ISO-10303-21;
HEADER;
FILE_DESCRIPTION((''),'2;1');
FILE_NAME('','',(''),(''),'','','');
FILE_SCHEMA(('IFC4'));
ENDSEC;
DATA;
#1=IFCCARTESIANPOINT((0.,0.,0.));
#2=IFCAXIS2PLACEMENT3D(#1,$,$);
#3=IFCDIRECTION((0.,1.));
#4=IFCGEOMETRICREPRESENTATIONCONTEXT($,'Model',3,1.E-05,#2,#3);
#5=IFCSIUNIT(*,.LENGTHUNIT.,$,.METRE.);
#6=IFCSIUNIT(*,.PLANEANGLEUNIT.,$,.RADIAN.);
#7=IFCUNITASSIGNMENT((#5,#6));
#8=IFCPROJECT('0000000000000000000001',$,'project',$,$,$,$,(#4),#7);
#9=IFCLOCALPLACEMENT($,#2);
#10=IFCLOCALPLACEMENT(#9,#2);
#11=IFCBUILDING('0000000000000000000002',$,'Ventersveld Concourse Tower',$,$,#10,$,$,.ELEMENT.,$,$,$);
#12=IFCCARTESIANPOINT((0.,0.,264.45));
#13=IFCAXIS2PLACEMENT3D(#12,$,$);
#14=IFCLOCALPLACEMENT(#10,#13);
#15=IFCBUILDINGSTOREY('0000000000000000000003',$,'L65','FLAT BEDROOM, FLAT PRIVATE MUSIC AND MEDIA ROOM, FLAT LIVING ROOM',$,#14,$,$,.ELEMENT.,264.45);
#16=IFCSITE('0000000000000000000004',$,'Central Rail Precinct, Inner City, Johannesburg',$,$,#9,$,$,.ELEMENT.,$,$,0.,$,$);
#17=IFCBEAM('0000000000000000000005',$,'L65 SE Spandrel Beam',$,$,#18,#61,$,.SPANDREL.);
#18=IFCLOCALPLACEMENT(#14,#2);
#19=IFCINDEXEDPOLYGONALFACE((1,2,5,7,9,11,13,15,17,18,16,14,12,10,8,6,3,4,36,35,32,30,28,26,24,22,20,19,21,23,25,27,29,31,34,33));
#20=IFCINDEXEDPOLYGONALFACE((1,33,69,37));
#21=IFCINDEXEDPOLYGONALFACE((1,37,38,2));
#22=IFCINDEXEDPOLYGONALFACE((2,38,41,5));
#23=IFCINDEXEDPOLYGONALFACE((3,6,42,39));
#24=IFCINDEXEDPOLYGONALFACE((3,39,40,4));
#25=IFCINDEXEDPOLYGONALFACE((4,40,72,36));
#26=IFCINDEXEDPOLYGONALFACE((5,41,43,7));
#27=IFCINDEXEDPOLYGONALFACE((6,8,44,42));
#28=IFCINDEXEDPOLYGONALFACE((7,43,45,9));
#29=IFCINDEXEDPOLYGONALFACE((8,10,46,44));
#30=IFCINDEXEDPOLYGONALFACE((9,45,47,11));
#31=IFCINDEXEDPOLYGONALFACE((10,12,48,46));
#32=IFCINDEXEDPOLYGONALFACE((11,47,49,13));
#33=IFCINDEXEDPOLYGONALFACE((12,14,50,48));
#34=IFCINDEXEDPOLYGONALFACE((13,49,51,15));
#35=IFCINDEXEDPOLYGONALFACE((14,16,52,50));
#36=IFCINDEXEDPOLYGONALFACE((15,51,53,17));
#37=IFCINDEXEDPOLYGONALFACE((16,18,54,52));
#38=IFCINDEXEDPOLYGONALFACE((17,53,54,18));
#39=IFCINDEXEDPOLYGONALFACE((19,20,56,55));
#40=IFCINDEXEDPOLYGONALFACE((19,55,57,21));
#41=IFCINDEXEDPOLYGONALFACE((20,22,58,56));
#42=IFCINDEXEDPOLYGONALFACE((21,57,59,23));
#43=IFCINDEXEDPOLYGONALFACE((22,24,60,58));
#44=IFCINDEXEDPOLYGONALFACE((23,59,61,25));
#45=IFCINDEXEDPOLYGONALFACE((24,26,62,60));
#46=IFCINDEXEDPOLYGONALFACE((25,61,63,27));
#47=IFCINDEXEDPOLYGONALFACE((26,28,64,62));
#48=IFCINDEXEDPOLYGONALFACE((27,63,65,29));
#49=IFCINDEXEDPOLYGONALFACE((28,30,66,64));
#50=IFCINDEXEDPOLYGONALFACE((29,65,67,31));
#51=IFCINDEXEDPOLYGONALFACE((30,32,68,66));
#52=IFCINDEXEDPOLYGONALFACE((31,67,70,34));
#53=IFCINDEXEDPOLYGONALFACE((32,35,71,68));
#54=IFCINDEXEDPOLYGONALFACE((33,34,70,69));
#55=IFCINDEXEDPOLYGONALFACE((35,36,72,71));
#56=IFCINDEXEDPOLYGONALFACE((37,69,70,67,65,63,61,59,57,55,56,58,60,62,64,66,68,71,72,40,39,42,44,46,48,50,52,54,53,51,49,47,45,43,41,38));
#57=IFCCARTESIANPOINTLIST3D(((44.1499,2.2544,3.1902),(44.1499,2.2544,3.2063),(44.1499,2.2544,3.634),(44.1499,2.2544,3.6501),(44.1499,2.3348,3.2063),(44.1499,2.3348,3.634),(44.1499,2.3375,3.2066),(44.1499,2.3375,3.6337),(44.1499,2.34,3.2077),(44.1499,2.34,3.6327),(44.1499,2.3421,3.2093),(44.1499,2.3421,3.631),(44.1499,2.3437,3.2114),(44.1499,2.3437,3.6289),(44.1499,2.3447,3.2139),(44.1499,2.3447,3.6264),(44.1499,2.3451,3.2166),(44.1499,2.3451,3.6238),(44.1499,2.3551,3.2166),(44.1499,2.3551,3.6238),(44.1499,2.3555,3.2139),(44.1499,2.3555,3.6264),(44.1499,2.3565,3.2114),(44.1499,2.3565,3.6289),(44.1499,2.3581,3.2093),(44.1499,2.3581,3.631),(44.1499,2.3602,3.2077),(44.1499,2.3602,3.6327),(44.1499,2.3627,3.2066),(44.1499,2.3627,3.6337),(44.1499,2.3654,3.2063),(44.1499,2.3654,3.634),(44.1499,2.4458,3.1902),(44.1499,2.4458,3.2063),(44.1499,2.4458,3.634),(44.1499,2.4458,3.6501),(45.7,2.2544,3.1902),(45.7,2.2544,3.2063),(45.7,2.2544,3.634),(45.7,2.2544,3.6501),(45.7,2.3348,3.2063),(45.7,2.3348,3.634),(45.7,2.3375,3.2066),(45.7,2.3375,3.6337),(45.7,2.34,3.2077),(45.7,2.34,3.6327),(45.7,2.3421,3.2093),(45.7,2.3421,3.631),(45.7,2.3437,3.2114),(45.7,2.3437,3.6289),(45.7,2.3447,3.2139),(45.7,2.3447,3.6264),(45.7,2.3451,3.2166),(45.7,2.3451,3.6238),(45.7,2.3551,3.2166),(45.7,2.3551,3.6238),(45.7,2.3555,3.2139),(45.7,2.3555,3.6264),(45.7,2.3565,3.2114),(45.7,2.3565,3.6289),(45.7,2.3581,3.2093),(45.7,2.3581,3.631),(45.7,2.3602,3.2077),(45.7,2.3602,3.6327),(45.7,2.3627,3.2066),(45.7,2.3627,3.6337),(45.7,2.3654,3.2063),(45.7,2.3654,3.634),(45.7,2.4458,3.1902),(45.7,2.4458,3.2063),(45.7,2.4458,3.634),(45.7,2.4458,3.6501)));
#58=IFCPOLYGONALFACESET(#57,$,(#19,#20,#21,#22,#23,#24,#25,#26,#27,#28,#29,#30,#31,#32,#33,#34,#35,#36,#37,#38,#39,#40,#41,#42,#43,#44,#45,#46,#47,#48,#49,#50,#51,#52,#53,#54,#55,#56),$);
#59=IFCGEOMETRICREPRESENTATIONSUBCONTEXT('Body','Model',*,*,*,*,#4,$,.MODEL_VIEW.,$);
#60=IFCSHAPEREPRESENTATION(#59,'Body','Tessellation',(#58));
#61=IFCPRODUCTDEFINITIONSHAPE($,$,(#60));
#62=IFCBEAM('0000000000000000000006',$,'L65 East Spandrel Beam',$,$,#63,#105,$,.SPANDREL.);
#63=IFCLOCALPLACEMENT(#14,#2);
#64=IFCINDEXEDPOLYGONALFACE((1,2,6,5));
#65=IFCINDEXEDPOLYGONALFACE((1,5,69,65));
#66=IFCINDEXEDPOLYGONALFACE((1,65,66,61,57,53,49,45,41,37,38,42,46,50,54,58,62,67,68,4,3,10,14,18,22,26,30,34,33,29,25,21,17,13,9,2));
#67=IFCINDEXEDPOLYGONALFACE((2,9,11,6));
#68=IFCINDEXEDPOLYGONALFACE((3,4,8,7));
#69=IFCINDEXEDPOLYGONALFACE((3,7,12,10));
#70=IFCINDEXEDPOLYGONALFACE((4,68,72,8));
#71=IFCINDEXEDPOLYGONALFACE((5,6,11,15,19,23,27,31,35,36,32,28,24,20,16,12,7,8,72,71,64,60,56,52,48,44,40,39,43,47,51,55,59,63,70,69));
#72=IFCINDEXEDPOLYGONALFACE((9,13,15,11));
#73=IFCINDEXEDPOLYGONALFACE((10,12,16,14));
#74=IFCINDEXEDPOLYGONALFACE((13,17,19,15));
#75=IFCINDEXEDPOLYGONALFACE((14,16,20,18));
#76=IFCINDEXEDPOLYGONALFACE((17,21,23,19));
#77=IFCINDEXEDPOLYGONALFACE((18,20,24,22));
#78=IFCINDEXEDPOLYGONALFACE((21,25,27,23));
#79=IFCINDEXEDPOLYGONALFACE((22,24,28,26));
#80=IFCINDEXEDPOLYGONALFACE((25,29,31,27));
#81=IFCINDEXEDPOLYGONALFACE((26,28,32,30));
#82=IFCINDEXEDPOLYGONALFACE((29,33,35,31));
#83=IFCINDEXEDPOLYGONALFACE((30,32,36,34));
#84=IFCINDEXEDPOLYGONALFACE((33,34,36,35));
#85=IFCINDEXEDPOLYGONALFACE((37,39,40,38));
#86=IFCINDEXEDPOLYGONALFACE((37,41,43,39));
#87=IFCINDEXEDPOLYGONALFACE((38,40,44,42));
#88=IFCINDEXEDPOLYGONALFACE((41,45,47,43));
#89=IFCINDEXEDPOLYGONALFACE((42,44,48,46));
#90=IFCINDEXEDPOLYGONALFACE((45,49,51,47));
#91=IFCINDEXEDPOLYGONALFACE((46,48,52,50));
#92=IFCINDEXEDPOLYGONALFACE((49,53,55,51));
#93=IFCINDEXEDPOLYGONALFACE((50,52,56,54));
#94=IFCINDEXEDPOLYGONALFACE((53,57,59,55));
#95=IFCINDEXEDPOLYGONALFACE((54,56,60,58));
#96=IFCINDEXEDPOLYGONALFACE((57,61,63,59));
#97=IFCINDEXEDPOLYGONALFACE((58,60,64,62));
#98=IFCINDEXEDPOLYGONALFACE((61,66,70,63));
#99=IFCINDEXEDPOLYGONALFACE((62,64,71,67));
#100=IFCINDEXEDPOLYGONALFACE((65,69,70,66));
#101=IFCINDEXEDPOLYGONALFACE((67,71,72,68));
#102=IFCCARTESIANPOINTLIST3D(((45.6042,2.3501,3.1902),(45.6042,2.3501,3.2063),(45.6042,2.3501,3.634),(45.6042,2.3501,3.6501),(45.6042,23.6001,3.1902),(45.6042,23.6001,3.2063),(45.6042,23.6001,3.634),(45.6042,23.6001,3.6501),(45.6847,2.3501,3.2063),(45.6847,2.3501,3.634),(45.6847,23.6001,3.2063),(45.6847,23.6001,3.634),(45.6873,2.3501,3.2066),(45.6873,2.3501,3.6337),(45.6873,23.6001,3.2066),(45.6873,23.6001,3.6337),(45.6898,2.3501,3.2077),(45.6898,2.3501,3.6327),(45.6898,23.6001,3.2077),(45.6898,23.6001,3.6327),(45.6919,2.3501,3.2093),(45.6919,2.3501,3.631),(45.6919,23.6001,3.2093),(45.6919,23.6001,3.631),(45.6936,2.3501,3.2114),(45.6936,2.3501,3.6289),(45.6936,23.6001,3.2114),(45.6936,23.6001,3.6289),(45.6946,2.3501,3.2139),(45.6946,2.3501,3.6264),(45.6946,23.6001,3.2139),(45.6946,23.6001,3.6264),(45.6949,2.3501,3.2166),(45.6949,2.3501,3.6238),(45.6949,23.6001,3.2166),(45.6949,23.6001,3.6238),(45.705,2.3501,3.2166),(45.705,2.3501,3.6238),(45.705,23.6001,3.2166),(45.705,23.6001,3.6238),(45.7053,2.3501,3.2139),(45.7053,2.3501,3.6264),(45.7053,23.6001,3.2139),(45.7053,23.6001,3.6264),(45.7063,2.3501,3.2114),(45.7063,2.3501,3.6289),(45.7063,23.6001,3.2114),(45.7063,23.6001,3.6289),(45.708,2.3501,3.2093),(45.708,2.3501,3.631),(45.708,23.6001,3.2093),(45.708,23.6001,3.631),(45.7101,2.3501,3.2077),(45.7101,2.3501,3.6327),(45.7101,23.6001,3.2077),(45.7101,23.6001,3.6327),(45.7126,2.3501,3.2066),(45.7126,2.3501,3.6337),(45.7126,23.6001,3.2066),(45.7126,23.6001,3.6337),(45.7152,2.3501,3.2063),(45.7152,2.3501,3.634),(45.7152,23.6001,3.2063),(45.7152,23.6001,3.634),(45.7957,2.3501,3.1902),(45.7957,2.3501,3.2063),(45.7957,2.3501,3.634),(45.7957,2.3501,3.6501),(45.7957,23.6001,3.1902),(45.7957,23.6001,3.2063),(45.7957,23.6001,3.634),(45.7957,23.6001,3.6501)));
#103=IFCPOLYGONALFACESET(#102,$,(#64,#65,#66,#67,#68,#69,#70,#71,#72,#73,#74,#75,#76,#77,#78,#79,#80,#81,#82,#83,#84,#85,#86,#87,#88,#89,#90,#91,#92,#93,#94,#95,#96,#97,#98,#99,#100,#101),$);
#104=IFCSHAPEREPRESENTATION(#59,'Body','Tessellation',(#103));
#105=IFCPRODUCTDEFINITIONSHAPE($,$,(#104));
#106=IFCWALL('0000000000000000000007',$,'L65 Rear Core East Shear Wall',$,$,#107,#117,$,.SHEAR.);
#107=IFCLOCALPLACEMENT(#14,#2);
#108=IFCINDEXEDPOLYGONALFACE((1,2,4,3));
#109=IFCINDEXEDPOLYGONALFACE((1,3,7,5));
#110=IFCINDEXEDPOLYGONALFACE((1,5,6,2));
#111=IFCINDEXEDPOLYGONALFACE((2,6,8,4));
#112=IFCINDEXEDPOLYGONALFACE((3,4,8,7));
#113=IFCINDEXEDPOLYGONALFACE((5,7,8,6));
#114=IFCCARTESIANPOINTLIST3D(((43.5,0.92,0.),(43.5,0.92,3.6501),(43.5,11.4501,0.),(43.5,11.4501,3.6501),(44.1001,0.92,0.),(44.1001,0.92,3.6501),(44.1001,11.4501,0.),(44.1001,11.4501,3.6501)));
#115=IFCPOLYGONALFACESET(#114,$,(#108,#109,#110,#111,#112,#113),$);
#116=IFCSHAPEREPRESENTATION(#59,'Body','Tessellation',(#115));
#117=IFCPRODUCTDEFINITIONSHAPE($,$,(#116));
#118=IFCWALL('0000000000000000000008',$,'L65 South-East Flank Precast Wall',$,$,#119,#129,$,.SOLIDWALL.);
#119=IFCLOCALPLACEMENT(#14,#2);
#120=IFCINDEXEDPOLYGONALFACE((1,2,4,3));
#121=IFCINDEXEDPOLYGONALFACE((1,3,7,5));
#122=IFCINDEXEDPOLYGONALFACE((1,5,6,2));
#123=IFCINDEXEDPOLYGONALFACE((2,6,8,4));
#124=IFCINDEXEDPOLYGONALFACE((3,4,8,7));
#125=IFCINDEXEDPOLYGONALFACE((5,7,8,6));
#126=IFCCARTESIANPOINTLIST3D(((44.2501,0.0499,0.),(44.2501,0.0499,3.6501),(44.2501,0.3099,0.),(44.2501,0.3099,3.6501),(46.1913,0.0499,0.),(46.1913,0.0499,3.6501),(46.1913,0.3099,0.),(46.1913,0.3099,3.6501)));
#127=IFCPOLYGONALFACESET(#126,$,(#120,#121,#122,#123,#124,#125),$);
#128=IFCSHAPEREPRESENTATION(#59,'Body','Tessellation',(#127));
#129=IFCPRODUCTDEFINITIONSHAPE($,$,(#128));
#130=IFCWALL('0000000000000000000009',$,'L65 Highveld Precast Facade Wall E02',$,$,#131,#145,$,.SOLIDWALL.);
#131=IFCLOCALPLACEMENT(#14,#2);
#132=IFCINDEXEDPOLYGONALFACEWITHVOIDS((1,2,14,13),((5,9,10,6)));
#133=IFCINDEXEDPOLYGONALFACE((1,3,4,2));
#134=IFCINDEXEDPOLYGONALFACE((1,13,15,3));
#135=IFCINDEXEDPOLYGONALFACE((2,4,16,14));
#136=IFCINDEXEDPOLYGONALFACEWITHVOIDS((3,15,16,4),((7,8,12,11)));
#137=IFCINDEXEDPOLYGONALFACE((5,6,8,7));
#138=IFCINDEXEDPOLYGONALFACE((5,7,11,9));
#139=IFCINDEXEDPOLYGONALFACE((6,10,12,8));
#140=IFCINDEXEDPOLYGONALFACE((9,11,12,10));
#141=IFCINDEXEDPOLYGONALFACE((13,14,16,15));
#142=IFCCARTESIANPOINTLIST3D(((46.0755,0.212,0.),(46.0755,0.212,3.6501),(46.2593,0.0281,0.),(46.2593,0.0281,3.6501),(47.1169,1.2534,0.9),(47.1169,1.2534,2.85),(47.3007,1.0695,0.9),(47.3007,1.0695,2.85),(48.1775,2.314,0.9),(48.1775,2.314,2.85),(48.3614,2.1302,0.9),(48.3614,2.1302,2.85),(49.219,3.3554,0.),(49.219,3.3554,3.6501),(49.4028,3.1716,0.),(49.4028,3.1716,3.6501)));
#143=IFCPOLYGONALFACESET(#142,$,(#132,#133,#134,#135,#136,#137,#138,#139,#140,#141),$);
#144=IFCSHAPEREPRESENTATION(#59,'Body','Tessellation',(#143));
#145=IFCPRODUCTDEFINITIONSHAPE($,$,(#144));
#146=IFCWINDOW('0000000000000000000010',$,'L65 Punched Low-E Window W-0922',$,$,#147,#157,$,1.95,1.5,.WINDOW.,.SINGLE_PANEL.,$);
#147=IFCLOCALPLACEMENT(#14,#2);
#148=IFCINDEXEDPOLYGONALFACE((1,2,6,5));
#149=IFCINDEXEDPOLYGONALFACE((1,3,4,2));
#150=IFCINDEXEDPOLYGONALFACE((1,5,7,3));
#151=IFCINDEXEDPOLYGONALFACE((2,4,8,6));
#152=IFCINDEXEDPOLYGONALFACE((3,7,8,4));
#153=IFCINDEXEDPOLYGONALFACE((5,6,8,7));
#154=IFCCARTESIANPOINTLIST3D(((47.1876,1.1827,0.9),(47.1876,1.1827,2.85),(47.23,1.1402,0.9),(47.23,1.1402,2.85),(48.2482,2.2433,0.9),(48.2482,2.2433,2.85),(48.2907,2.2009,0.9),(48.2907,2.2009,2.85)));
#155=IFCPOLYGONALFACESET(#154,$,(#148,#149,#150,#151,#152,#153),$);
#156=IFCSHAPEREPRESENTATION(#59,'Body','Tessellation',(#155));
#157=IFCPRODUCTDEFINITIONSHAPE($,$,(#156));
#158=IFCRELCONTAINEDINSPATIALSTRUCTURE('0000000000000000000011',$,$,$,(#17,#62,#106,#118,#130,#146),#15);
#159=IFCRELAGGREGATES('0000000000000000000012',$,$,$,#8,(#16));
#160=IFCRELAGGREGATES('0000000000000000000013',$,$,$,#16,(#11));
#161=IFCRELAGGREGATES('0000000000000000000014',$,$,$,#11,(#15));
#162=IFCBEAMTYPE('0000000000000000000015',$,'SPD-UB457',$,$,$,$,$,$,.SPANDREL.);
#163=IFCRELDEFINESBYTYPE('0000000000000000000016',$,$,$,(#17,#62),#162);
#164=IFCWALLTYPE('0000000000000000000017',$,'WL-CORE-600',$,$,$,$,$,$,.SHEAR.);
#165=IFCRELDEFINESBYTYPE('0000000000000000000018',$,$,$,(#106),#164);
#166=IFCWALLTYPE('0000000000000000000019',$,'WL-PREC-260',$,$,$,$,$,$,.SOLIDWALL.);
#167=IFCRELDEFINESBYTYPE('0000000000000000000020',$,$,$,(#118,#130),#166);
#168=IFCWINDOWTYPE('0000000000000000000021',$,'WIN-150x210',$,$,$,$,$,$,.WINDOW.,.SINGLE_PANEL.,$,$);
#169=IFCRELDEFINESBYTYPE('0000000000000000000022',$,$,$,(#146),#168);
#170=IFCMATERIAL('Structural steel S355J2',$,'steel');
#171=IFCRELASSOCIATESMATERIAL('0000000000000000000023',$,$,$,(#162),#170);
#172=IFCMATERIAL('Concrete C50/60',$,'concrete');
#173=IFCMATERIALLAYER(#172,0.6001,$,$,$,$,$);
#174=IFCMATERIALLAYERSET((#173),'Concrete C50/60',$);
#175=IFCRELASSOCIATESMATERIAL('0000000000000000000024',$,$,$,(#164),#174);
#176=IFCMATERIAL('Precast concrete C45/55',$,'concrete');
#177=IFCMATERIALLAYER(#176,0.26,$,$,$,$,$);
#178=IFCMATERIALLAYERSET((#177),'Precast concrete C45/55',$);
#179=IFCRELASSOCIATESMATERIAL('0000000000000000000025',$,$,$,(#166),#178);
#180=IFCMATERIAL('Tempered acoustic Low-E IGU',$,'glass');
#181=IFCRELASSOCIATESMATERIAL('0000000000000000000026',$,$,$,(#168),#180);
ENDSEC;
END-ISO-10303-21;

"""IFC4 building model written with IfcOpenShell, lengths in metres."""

from ifc_helpers import new_model, si_unit, direction, frame, frame_2d, origin, origin_2d, place, context, subcontext, project, spatial, rectangle, i_section, extrude, material, layer, layer_set, material_profile, profile_set, type_object, element, fill, save


model = new_model("IFC4")

# Units and contexts
model_context = context("Model", 3, precision=1e-05, world=origin(), true_north=direction((0.0, 1.0)))
body_context = subcontext(model_context, "Body", "Model", "MODEL_VIEW")
ifc_project = project(units=[si_unit("LENGTHUNIT", "METRE"), si_unit("PLANEANGLEUNIT", "RADIAN")], contexts=[model_context])

# Site, building, storey
site_placement = place(None, origin())
site = spatial("IfcSite", under=ifc_project, at=site_placement, Name="Central Rail Precinct, Inner City, Johannesburg", CompositionType="ELEMENT", RefElevation=0.0)
building_placement = place(site_placement, origin())
building = spatial("IfcBuilding", under=site, at=building_placement, Name="Ventersveld Concourse Tower", CompositionType="ELEMENT")
storey_placement = place(building_placement, frame((0.0, 0.0, 264.45)))
storey = spatial("IfcBuildingStorey", under=building, at=storey_placement, Name="L65", Description="FLAT BEDROOM, FLAT PRIVATE MUSIC AND MEDIA ROOM, FLAT LIVING ROOM", CompositionType="ELEMENT", Elevation=264.45)

# Shared definitions
ifc_material_1 = material(Name="Concrete C50/60", Category="concrete")

# Shared definitions
ifc_material_2 = material(Name="Structural steel S355J2", Category="steel")

# Beams
ifc_material_profile_1 = material_profile(ifc_material_2, i_section(OverallWidth=0.1914, OverallDepth=0.46, WebThickness=0.01, FlangeThickness=0.0161, FilletRadius=0.0103, at=origin_2d()), Name="UB 457x191x82")
ifc_profile_set_1 = profile_set([ifc_material_profile_1], Name="Structural steel S355J2")
beam_type_1 = type_object("IfcBeamType", Name="SPD-UB457", PredefinedType="SPANDREL", material=ifc_profile_set_1)
beam_1_placement = place(storey_placement, frame((44.1499, 2.3501, 3.4202), z_axis=(1.0, 0.0, 0.0), x_axis=(0.0, 1.0, 0.0)))
element("IfcBeam", 1, at=beam_1_placement, inside=storey, type_object=beam_type_1, Name="L65 SE Spandrel Beam", PredefinedType="SPANDREL", context=body_context, shape_type="SweptSolid", body=[
    extrude(i_section(OverallWidth=0.1914, OverallDepth=0.46, WebThickness=0.01, FlangeThickness=0.0161, FilletRadius=0.0103, at=origin_2d()), origin(), (0.0, 0.0, 1.0), 1.55),
])
beam_2_placement = place(storey_placement, frame((45.7, 2.3501, 3.4202), z_axis=(0.0, 1.0, 0.0), x_axis=(-1.0, 0.0, 0.0)))
element("IfcBeam", 2, at=beam_2_placement, inside=storey, type_object=beam_type_1, Name="L65 East Spandrel Beam", PredefinedType="SPANDREL", context=body_context, shape_type="SweptSolid", body=[
    extrude(i_section(OverallWidth=0.1914, OverallDepth=0.46, WebThickness=0.01, FlangeThickness=0.0161, FilletRadius=0.0103, at=origin_2d()), origin(), (0.0, 0.0, 1.0), 21.25),
])

# Walls
ifc_layer_1 = layer(ifc_material_1, 0.6001)
ifc_layer_set_1 = layer_set([ifc_layer_1], Name="Concrete C50/60")
wall_type_1 = type_object("IfcWallType", Name="WL-CORE-600", PredefinedType="SHEAR", material=ifc_layer_set_1)
wall_1_placement = place(storey_placement, frame((43.8, 0.9199, 0.0), z_axis=(0.0, 0.0, 1.0), x_axis=(0.0, 1.0, 0.0)))
element("IfcWall", 3, at=wall_1_placement, inside=storey, type_object=wall_type_1, Name="L65 Rear Core East Shear Wall", PredefinedType="SHEAR", context=body_context, shape_type="SweptSolid", body=[
    extrude(rectangle(XDim=10.53, YDim=0.6001, at=frame_2d((5.2651, 0.0))), origin(), (0.0, 0.0, 1.0), 3.6501),
])
ifc_material_3 = material(Name="Precast concrete C45/55", Category="concrete")
ifc_layer_2 = layer(ifc_material_3, 0.26)
ifc_layer_set_2 = layer_set([ifc_layer_2], Name="Precast concrete C45/55")
wall_type_2 = type_object("IfcWallType", Name="WL-PREC-260", PredefinedType="SOLIDWALL", material=ifc_layer_set_2)
wall_2_placement = place(storey_placement, frame((44.25, 0.1799, 0.0), z_axis=(0.0, 0.0, 1.0), x_axis=(1.0, 0.0, 0.0)))
element("IfcWall", 4, at=wall_2_placement, inside=storey, type_object=wall_type_2, Name="L65 South-East Flank Precast Wall", PredefinedType="SOLIDWALL", context=body_context, shape_type="SweptSolid", body=[
    extrude(rectangle(XDim=1.9412, YDim=0.26, at=frame_2d((0.9707, 0.0))), origin(), (0.0, 0.0, 1.0), 3.6501),
])

# Wall, opening, window
wall_3_placement = place(storey_placement, frame((46.1675, 0.1201, 0.0), z_axis=(0.0, 0.0, 1.0), x_axis=(0.707107, 0.707107, 0.0)))
wall_3 = element("IfcWall", 5, at=wall_3_placement, inside=storey, type_object=wall_type_2, Name="L65 Highveld Precast Facade Wall E02", PredefinedType="SOLIDWALL", context=body_context, shape_type="SweptSolid", body=[
    extrude(rectangle(XDim=4.4456, YDim=0.26, at=frame_2d((2.2227, 0.0))), origin(), (0.0, 0.0, 1.0), 3.6501),
])
opening_1_placement = place(wall_3_placement, frame((1.4727, 0.0, 0.8999)))
opening_1 = element("IfcOpeningElement", 6, at=opening_1_placement, cuts=wall_3, PredefinedType="OPENING", context=body_context, shape_type="SweptSolid", body=[
    extrude(rectangle(XDim=1.5, YDim=1.95, at=frame_2d((0.75, 0.9751))), frame((0.0, 0.1401, 0.0), z_axis=(0.0, -1.0, 0.0), x_axis=(1.0, 0.0, 0.0)), (0.0, 0.0, 1.0), 0.28),
])
ifc_material_4 = material(Name="Tempered acoustic Low-E IGU", Category="glass")
window_type_1 = type_object("IfcWindowType", Name="WIN-150x210", PartitioningType="SINGLE_PANEL", PredefinedType="WINDOW", material=ifc_material_4)
window_1_placement = place(opening_1_placement, origin())
window_1 = element("IfcWindow", 7, at=window_1_placement, inside=storey, type_object=window_type_1, Name="L65 Punched Low-E Window W-0922", OverallHeight=1.95, OverallWidth=1.5, PartitioningType="SINGLE_PANEL", PredefinedType="WINDOW", context=body_context, shape_type="SweptSolid", body=[
    extrude(rectangle(XDim=1.5, YDim=1.95, at=frame_2d((0.75, 0.9751))), frame((0.0, 0.03, 0.0), z_axis=(0.0, -1.0, 0.0), x_axis=(1.0, 0.0, 0.0)), (0.0, 0.0, 1.0), 0.0601),
])
fill(opening_1, window_1)

save(model, "model.ifc")
